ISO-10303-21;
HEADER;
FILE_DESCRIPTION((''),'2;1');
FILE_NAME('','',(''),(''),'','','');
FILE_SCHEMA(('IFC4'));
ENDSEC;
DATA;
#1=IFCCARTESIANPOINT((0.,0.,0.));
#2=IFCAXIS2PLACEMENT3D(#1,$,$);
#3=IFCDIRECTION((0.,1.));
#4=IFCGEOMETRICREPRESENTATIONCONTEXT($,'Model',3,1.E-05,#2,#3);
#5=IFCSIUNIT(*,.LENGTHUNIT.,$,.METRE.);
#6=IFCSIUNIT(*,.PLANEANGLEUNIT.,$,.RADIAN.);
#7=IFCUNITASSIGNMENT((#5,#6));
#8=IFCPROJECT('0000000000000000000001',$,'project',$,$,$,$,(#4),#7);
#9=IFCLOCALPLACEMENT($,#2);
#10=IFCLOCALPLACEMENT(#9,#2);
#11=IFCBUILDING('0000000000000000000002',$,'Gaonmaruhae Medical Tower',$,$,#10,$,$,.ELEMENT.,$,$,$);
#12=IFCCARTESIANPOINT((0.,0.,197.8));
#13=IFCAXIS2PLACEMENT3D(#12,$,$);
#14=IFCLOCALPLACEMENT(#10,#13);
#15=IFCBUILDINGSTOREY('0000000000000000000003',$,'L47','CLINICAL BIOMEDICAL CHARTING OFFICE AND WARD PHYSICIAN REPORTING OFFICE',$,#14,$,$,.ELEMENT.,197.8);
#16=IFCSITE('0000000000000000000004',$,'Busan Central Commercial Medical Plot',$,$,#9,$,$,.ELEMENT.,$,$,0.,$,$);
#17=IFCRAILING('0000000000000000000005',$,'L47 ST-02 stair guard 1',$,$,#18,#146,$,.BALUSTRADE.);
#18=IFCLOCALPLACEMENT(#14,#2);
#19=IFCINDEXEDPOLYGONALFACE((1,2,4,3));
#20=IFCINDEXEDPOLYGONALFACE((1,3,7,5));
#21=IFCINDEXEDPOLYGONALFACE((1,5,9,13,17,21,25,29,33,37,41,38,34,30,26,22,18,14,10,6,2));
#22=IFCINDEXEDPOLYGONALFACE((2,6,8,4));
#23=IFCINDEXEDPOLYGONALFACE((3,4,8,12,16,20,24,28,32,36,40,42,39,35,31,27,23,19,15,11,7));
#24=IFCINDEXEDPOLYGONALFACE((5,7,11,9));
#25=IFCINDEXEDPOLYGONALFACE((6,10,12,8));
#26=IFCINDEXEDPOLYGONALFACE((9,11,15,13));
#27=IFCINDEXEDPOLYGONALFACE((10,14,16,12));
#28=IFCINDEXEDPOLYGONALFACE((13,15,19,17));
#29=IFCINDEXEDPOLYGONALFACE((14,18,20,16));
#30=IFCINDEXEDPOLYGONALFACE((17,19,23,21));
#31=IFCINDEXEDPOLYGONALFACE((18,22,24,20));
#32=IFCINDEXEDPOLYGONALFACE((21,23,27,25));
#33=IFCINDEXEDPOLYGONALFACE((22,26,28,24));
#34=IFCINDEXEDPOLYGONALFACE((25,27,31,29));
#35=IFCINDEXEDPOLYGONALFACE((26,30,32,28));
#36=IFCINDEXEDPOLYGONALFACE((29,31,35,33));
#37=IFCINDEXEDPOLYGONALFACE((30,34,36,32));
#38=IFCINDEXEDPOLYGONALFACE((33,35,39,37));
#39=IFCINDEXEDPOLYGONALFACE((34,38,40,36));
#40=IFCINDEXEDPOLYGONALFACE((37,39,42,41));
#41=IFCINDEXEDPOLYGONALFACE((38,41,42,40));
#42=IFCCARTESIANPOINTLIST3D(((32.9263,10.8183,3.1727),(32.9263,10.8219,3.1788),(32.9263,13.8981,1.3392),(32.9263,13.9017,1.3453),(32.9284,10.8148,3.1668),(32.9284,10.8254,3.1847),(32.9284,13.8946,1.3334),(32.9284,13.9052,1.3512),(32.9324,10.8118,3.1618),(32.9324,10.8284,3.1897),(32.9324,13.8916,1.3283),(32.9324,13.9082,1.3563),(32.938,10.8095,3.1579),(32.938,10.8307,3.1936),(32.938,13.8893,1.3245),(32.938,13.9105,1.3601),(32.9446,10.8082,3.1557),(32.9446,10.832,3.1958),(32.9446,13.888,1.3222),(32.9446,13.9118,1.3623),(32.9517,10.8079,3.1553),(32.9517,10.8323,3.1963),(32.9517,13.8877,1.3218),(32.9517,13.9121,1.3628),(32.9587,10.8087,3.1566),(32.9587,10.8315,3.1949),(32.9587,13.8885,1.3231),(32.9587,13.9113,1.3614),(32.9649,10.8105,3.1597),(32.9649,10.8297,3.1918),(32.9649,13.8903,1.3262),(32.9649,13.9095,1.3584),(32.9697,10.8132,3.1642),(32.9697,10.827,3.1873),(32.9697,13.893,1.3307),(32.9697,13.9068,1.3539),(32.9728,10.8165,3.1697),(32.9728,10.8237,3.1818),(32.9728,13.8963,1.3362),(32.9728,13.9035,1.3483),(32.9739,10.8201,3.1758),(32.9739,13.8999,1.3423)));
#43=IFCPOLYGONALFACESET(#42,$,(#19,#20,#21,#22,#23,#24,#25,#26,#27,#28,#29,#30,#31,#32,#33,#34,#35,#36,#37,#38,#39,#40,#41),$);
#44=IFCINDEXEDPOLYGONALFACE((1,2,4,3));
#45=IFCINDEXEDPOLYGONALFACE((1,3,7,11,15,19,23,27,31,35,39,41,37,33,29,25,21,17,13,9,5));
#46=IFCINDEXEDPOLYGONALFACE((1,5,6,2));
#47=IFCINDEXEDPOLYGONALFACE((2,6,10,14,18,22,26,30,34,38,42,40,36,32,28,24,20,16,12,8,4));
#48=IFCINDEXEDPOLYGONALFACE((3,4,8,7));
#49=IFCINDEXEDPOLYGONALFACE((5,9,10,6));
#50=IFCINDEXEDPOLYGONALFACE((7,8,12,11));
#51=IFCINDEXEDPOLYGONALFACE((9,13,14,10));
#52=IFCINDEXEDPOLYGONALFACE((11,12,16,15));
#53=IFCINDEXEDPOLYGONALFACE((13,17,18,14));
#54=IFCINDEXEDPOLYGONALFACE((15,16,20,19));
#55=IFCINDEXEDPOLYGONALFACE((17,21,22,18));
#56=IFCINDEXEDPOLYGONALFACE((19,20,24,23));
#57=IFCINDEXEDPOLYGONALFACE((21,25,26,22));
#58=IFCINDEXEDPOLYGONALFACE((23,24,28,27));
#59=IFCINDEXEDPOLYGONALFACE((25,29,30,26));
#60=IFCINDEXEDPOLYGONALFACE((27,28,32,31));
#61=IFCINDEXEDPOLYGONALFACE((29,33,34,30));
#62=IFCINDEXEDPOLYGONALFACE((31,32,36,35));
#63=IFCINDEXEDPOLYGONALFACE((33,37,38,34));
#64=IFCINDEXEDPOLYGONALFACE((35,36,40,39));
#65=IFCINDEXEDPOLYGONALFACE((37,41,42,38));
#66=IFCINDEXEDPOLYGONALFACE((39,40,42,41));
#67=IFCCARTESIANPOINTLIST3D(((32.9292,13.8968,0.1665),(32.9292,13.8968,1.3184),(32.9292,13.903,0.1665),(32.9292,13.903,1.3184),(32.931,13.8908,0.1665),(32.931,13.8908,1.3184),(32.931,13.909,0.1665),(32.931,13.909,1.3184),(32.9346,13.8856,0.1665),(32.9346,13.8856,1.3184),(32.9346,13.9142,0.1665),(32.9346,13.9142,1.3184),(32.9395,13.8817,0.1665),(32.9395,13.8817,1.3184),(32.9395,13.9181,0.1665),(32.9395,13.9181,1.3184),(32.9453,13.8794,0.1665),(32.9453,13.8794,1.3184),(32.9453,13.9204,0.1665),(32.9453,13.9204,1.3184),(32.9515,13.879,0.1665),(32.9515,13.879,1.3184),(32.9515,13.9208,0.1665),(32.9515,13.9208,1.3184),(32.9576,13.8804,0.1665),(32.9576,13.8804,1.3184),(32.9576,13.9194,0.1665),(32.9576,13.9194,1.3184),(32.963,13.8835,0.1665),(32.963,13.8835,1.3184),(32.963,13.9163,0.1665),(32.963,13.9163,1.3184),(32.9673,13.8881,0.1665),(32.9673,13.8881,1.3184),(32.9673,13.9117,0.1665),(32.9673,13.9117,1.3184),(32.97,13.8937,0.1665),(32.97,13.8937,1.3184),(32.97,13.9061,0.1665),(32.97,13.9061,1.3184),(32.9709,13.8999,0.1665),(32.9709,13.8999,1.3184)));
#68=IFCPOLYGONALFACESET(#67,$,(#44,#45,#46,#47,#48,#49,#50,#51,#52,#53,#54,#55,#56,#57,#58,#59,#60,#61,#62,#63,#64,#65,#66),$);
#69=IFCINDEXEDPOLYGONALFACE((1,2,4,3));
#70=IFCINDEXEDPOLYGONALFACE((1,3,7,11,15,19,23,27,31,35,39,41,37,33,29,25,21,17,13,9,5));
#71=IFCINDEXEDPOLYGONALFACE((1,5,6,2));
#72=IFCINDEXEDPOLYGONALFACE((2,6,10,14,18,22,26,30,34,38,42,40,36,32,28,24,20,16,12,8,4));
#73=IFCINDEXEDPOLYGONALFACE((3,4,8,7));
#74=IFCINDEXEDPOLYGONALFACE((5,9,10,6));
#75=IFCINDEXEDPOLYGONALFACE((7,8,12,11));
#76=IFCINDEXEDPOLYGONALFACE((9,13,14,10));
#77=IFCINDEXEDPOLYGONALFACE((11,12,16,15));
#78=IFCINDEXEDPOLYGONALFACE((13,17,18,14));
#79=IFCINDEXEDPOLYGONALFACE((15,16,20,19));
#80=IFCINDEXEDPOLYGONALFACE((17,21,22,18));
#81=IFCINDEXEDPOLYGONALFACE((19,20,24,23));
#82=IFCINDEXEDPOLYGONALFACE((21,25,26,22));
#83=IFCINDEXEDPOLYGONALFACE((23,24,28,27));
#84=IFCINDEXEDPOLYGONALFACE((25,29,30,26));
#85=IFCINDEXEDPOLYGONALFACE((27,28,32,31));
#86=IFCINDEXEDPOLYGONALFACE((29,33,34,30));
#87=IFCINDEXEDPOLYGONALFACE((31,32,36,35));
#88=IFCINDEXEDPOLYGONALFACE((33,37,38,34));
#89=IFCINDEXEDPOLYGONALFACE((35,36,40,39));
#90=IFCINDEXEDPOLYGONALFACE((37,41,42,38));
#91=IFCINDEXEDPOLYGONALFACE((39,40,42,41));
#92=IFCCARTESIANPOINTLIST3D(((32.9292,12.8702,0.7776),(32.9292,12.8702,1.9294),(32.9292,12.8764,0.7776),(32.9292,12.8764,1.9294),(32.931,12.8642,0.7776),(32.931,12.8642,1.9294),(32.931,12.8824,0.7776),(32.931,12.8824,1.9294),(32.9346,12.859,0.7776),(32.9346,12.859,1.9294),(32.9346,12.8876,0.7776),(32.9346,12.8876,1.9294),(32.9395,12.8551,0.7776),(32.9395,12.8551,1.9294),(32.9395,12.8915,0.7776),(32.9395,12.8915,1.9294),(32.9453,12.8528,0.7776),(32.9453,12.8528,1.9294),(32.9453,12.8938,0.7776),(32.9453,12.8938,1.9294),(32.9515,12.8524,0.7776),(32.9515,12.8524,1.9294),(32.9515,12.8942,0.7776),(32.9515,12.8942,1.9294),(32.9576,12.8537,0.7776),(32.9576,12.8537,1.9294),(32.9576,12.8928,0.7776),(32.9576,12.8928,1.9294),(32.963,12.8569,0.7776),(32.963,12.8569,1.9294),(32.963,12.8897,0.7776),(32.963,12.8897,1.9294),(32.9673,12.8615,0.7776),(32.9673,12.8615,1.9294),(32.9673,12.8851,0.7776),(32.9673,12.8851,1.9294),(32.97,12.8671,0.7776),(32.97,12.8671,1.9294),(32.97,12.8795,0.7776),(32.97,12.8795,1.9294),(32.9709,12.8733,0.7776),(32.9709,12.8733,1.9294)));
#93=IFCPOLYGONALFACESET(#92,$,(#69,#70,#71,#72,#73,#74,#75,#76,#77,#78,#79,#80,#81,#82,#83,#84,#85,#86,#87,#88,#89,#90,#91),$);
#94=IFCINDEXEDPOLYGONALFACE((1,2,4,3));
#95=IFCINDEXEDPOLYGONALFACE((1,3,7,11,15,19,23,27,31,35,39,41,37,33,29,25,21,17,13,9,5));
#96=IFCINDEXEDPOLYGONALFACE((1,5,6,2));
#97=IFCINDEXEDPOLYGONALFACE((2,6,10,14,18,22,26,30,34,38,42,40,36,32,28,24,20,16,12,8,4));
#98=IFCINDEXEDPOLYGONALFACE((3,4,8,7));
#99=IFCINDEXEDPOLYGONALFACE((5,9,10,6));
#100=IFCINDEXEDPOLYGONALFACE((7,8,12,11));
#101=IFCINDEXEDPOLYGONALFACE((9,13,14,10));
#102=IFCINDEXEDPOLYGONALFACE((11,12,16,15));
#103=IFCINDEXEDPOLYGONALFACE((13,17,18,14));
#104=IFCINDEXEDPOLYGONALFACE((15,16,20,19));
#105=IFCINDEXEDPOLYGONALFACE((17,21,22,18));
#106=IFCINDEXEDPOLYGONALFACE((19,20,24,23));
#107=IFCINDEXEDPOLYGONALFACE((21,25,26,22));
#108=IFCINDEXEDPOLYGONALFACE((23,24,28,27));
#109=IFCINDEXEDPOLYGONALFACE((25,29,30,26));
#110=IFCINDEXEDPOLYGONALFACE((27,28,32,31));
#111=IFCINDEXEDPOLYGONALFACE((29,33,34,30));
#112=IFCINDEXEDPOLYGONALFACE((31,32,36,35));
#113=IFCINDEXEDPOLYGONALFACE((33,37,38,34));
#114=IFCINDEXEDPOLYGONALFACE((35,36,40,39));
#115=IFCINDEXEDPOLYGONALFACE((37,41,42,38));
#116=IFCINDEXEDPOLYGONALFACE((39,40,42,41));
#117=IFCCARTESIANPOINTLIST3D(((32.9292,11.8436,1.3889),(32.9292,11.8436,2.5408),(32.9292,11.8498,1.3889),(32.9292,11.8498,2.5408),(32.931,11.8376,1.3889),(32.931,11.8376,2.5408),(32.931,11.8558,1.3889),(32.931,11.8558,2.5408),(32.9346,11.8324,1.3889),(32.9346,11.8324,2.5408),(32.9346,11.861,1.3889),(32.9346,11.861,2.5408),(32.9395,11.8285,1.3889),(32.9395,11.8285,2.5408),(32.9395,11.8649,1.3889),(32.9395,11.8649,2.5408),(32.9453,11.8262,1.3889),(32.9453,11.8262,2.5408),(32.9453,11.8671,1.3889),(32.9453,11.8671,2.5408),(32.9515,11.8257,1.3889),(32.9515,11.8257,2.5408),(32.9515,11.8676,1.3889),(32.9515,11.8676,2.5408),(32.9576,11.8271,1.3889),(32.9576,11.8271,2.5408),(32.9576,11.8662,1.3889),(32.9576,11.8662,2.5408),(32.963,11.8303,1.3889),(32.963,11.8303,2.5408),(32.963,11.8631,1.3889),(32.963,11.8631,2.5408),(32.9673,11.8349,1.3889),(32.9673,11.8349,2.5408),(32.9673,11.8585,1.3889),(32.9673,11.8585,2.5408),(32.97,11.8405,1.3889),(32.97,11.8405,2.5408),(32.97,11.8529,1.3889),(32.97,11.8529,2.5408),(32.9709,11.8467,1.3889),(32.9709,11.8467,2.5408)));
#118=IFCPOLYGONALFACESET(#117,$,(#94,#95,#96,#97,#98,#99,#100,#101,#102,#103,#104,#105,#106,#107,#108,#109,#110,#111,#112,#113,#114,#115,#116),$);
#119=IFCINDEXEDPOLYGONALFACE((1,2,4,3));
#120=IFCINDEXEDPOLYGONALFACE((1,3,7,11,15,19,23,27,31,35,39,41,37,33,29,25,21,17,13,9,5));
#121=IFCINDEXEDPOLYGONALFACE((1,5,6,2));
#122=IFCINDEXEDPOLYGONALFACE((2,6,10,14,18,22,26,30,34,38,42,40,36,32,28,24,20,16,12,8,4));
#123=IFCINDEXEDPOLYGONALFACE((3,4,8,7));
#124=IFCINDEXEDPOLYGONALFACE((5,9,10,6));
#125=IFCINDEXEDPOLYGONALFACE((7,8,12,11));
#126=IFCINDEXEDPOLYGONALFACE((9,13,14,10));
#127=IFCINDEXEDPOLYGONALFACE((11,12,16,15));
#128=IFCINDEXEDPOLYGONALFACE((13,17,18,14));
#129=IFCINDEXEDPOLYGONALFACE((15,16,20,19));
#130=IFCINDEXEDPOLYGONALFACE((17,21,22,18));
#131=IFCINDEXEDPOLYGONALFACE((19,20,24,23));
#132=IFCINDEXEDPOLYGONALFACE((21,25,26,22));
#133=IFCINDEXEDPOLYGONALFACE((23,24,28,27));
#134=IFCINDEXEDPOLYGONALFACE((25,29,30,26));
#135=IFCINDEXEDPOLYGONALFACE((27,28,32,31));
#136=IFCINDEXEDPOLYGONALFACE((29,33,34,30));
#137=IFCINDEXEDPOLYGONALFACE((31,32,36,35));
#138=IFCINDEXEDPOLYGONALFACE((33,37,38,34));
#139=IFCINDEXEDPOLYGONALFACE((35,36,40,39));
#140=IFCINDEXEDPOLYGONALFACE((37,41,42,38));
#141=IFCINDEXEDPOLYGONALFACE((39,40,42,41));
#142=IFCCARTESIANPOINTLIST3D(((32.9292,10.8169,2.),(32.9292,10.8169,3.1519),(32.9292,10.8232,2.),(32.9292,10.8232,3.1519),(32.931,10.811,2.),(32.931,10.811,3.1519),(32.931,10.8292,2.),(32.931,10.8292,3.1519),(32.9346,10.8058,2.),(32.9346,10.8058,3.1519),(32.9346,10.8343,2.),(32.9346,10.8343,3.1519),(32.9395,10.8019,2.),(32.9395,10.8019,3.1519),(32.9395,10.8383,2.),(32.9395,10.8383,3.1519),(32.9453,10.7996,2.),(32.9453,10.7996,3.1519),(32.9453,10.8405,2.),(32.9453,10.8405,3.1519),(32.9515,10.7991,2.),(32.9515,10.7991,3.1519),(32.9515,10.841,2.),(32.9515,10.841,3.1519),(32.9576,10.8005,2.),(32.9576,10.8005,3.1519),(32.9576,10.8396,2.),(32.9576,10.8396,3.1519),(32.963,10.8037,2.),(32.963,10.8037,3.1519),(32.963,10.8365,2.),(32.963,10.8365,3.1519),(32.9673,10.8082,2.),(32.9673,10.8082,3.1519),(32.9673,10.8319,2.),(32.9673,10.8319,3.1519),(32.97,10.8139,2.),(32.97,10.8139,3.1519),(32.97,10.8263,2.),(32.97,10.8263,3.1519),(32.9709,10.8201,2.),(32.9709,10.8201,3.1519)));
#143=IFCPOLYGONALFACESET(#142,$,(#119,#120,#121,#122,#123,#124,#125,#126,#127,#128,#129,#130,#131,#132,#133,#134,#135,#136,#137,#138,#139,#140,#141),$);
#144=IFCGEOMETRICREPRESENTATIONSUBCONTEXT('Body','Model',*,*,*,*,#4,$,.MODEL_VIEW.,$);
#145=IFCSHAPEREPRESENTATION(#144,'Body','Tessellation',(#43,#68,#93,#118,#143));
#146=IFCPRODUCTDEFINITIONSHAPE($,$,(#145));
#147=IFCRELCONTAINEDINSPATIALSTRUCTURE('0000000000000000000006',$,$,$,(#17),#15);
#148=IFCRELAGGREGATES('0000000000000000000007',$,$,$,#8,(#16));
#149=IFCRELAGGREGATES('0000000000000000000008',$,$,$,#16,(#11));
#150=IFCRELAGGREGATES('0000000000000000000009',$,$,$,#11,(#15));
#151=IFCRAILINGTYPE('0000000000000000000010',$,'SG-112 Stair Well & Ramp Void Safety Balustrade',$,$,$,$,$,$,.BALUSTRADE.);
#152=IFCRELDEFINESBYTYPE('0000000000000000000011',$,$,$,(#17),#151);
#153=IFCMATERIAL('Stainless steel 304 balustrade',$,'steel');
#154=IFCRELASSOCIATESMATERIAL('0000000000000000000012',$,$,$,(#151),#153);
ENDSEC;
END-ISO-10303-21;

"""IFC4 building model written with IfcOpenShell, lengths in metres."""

from ifc_helpers import new_model, si_unit, direction, frame, origin, origin_2d, place, context, subcontext, project, spatial, circle, extrude, material, type_object, element, save


model = new_model("IFC4")

# Units and contexts
model_context = context("Model", 3, precision=1e-05, world=origin(), true_north=direction((0.0, 1.0)))
body_context = subcontext(model_context, "Body", "Model", "MODEL_VIEW")
ifc_project = project(units=[si_unit("LENGTHUNIT", "METRE"), si_unit("PLANEANGLEUNIT", "RADIAN")], contexts=[model_context])

# Site, building, storey
site_placement = place(None, origin())
site = spatial("IfcSite", under=ifc_project, at=site_placement, Name="Busan Central Commercial Medical Plot", CompositionType="ELEMENT", RefElevation=0.0)
building_placement = place(site_placement, origin())
building = spatial("IfcBuilding", under=site, at=building_placement, Name="Gaonmaruhae Medical Tower", CompositionType="ELEMENT")
storey_placement = place(building_placement, frame((0.0, 0.0, 197.8)))
storey = spatial("IfcBuildingStorey", under=building, at=storey_placement, Name="L47", Description="CLINICAL BIOMEDICAL CHARTING OFFICE AND WARD PHYSICIAN REPORTING OFFICE", CompositionType="ELEMENT", Elevation=197.8)

# Railing
ifc_material_1 = material(Name="Stainless steel 304 balustrade", Category="steel")
railing_type_1 = type_object("IfcRailingType", Name="SG-112 Stair Well & Ramp Void Safety Balustrade", PredefinedType="BALUSTRADE", material=ifc_material_1)
railing_1_placement = place(storey_placement, frame((32.95, 13.8999, 0.1665)))
element("IfcRailing", 1, at=railing_1_placement, inside=storey, type_object=railing_type_1, Name="L47 ST-02 stair guard 1", PredefinedType="BALUSTRADE", context=body_context, shape_type="SweptSolid", body=[
    extrude(circle(Radius=0.0239, at=origin_2d()), frame((0.0, 0.0, 1.1758), z_axis=(0.0, -0.859261, 0.511538), x_axis=(1.0, 0.0, 0.0)), (0.0, 0.0, 1.0), 3.5842),
    extrude(circle(Radius=0.021, at=origin_2d()), origin(), (0.0, 0.0, 1.0), 1.1519),
    extrude(circle(Radius=0.021, at=origin_2d()), frame((0.0, -1.0266, 0.6111)), (0.0, 0.0, 1.0), 1.1519),
    extrude(circle(Radius=0.021, at=origin_2d()), frame((0.0, -2.0532, 1.2224)), (0.0, 0.0, 1.0), 1.1519),
    extrude(circle(Radius=0.021, at=origin_2d()), frame((0.0, -3.0798, 1.8335)), (0.0, 0.0, 1.0), 1.1519),
])

save(model, "model.ifc")
